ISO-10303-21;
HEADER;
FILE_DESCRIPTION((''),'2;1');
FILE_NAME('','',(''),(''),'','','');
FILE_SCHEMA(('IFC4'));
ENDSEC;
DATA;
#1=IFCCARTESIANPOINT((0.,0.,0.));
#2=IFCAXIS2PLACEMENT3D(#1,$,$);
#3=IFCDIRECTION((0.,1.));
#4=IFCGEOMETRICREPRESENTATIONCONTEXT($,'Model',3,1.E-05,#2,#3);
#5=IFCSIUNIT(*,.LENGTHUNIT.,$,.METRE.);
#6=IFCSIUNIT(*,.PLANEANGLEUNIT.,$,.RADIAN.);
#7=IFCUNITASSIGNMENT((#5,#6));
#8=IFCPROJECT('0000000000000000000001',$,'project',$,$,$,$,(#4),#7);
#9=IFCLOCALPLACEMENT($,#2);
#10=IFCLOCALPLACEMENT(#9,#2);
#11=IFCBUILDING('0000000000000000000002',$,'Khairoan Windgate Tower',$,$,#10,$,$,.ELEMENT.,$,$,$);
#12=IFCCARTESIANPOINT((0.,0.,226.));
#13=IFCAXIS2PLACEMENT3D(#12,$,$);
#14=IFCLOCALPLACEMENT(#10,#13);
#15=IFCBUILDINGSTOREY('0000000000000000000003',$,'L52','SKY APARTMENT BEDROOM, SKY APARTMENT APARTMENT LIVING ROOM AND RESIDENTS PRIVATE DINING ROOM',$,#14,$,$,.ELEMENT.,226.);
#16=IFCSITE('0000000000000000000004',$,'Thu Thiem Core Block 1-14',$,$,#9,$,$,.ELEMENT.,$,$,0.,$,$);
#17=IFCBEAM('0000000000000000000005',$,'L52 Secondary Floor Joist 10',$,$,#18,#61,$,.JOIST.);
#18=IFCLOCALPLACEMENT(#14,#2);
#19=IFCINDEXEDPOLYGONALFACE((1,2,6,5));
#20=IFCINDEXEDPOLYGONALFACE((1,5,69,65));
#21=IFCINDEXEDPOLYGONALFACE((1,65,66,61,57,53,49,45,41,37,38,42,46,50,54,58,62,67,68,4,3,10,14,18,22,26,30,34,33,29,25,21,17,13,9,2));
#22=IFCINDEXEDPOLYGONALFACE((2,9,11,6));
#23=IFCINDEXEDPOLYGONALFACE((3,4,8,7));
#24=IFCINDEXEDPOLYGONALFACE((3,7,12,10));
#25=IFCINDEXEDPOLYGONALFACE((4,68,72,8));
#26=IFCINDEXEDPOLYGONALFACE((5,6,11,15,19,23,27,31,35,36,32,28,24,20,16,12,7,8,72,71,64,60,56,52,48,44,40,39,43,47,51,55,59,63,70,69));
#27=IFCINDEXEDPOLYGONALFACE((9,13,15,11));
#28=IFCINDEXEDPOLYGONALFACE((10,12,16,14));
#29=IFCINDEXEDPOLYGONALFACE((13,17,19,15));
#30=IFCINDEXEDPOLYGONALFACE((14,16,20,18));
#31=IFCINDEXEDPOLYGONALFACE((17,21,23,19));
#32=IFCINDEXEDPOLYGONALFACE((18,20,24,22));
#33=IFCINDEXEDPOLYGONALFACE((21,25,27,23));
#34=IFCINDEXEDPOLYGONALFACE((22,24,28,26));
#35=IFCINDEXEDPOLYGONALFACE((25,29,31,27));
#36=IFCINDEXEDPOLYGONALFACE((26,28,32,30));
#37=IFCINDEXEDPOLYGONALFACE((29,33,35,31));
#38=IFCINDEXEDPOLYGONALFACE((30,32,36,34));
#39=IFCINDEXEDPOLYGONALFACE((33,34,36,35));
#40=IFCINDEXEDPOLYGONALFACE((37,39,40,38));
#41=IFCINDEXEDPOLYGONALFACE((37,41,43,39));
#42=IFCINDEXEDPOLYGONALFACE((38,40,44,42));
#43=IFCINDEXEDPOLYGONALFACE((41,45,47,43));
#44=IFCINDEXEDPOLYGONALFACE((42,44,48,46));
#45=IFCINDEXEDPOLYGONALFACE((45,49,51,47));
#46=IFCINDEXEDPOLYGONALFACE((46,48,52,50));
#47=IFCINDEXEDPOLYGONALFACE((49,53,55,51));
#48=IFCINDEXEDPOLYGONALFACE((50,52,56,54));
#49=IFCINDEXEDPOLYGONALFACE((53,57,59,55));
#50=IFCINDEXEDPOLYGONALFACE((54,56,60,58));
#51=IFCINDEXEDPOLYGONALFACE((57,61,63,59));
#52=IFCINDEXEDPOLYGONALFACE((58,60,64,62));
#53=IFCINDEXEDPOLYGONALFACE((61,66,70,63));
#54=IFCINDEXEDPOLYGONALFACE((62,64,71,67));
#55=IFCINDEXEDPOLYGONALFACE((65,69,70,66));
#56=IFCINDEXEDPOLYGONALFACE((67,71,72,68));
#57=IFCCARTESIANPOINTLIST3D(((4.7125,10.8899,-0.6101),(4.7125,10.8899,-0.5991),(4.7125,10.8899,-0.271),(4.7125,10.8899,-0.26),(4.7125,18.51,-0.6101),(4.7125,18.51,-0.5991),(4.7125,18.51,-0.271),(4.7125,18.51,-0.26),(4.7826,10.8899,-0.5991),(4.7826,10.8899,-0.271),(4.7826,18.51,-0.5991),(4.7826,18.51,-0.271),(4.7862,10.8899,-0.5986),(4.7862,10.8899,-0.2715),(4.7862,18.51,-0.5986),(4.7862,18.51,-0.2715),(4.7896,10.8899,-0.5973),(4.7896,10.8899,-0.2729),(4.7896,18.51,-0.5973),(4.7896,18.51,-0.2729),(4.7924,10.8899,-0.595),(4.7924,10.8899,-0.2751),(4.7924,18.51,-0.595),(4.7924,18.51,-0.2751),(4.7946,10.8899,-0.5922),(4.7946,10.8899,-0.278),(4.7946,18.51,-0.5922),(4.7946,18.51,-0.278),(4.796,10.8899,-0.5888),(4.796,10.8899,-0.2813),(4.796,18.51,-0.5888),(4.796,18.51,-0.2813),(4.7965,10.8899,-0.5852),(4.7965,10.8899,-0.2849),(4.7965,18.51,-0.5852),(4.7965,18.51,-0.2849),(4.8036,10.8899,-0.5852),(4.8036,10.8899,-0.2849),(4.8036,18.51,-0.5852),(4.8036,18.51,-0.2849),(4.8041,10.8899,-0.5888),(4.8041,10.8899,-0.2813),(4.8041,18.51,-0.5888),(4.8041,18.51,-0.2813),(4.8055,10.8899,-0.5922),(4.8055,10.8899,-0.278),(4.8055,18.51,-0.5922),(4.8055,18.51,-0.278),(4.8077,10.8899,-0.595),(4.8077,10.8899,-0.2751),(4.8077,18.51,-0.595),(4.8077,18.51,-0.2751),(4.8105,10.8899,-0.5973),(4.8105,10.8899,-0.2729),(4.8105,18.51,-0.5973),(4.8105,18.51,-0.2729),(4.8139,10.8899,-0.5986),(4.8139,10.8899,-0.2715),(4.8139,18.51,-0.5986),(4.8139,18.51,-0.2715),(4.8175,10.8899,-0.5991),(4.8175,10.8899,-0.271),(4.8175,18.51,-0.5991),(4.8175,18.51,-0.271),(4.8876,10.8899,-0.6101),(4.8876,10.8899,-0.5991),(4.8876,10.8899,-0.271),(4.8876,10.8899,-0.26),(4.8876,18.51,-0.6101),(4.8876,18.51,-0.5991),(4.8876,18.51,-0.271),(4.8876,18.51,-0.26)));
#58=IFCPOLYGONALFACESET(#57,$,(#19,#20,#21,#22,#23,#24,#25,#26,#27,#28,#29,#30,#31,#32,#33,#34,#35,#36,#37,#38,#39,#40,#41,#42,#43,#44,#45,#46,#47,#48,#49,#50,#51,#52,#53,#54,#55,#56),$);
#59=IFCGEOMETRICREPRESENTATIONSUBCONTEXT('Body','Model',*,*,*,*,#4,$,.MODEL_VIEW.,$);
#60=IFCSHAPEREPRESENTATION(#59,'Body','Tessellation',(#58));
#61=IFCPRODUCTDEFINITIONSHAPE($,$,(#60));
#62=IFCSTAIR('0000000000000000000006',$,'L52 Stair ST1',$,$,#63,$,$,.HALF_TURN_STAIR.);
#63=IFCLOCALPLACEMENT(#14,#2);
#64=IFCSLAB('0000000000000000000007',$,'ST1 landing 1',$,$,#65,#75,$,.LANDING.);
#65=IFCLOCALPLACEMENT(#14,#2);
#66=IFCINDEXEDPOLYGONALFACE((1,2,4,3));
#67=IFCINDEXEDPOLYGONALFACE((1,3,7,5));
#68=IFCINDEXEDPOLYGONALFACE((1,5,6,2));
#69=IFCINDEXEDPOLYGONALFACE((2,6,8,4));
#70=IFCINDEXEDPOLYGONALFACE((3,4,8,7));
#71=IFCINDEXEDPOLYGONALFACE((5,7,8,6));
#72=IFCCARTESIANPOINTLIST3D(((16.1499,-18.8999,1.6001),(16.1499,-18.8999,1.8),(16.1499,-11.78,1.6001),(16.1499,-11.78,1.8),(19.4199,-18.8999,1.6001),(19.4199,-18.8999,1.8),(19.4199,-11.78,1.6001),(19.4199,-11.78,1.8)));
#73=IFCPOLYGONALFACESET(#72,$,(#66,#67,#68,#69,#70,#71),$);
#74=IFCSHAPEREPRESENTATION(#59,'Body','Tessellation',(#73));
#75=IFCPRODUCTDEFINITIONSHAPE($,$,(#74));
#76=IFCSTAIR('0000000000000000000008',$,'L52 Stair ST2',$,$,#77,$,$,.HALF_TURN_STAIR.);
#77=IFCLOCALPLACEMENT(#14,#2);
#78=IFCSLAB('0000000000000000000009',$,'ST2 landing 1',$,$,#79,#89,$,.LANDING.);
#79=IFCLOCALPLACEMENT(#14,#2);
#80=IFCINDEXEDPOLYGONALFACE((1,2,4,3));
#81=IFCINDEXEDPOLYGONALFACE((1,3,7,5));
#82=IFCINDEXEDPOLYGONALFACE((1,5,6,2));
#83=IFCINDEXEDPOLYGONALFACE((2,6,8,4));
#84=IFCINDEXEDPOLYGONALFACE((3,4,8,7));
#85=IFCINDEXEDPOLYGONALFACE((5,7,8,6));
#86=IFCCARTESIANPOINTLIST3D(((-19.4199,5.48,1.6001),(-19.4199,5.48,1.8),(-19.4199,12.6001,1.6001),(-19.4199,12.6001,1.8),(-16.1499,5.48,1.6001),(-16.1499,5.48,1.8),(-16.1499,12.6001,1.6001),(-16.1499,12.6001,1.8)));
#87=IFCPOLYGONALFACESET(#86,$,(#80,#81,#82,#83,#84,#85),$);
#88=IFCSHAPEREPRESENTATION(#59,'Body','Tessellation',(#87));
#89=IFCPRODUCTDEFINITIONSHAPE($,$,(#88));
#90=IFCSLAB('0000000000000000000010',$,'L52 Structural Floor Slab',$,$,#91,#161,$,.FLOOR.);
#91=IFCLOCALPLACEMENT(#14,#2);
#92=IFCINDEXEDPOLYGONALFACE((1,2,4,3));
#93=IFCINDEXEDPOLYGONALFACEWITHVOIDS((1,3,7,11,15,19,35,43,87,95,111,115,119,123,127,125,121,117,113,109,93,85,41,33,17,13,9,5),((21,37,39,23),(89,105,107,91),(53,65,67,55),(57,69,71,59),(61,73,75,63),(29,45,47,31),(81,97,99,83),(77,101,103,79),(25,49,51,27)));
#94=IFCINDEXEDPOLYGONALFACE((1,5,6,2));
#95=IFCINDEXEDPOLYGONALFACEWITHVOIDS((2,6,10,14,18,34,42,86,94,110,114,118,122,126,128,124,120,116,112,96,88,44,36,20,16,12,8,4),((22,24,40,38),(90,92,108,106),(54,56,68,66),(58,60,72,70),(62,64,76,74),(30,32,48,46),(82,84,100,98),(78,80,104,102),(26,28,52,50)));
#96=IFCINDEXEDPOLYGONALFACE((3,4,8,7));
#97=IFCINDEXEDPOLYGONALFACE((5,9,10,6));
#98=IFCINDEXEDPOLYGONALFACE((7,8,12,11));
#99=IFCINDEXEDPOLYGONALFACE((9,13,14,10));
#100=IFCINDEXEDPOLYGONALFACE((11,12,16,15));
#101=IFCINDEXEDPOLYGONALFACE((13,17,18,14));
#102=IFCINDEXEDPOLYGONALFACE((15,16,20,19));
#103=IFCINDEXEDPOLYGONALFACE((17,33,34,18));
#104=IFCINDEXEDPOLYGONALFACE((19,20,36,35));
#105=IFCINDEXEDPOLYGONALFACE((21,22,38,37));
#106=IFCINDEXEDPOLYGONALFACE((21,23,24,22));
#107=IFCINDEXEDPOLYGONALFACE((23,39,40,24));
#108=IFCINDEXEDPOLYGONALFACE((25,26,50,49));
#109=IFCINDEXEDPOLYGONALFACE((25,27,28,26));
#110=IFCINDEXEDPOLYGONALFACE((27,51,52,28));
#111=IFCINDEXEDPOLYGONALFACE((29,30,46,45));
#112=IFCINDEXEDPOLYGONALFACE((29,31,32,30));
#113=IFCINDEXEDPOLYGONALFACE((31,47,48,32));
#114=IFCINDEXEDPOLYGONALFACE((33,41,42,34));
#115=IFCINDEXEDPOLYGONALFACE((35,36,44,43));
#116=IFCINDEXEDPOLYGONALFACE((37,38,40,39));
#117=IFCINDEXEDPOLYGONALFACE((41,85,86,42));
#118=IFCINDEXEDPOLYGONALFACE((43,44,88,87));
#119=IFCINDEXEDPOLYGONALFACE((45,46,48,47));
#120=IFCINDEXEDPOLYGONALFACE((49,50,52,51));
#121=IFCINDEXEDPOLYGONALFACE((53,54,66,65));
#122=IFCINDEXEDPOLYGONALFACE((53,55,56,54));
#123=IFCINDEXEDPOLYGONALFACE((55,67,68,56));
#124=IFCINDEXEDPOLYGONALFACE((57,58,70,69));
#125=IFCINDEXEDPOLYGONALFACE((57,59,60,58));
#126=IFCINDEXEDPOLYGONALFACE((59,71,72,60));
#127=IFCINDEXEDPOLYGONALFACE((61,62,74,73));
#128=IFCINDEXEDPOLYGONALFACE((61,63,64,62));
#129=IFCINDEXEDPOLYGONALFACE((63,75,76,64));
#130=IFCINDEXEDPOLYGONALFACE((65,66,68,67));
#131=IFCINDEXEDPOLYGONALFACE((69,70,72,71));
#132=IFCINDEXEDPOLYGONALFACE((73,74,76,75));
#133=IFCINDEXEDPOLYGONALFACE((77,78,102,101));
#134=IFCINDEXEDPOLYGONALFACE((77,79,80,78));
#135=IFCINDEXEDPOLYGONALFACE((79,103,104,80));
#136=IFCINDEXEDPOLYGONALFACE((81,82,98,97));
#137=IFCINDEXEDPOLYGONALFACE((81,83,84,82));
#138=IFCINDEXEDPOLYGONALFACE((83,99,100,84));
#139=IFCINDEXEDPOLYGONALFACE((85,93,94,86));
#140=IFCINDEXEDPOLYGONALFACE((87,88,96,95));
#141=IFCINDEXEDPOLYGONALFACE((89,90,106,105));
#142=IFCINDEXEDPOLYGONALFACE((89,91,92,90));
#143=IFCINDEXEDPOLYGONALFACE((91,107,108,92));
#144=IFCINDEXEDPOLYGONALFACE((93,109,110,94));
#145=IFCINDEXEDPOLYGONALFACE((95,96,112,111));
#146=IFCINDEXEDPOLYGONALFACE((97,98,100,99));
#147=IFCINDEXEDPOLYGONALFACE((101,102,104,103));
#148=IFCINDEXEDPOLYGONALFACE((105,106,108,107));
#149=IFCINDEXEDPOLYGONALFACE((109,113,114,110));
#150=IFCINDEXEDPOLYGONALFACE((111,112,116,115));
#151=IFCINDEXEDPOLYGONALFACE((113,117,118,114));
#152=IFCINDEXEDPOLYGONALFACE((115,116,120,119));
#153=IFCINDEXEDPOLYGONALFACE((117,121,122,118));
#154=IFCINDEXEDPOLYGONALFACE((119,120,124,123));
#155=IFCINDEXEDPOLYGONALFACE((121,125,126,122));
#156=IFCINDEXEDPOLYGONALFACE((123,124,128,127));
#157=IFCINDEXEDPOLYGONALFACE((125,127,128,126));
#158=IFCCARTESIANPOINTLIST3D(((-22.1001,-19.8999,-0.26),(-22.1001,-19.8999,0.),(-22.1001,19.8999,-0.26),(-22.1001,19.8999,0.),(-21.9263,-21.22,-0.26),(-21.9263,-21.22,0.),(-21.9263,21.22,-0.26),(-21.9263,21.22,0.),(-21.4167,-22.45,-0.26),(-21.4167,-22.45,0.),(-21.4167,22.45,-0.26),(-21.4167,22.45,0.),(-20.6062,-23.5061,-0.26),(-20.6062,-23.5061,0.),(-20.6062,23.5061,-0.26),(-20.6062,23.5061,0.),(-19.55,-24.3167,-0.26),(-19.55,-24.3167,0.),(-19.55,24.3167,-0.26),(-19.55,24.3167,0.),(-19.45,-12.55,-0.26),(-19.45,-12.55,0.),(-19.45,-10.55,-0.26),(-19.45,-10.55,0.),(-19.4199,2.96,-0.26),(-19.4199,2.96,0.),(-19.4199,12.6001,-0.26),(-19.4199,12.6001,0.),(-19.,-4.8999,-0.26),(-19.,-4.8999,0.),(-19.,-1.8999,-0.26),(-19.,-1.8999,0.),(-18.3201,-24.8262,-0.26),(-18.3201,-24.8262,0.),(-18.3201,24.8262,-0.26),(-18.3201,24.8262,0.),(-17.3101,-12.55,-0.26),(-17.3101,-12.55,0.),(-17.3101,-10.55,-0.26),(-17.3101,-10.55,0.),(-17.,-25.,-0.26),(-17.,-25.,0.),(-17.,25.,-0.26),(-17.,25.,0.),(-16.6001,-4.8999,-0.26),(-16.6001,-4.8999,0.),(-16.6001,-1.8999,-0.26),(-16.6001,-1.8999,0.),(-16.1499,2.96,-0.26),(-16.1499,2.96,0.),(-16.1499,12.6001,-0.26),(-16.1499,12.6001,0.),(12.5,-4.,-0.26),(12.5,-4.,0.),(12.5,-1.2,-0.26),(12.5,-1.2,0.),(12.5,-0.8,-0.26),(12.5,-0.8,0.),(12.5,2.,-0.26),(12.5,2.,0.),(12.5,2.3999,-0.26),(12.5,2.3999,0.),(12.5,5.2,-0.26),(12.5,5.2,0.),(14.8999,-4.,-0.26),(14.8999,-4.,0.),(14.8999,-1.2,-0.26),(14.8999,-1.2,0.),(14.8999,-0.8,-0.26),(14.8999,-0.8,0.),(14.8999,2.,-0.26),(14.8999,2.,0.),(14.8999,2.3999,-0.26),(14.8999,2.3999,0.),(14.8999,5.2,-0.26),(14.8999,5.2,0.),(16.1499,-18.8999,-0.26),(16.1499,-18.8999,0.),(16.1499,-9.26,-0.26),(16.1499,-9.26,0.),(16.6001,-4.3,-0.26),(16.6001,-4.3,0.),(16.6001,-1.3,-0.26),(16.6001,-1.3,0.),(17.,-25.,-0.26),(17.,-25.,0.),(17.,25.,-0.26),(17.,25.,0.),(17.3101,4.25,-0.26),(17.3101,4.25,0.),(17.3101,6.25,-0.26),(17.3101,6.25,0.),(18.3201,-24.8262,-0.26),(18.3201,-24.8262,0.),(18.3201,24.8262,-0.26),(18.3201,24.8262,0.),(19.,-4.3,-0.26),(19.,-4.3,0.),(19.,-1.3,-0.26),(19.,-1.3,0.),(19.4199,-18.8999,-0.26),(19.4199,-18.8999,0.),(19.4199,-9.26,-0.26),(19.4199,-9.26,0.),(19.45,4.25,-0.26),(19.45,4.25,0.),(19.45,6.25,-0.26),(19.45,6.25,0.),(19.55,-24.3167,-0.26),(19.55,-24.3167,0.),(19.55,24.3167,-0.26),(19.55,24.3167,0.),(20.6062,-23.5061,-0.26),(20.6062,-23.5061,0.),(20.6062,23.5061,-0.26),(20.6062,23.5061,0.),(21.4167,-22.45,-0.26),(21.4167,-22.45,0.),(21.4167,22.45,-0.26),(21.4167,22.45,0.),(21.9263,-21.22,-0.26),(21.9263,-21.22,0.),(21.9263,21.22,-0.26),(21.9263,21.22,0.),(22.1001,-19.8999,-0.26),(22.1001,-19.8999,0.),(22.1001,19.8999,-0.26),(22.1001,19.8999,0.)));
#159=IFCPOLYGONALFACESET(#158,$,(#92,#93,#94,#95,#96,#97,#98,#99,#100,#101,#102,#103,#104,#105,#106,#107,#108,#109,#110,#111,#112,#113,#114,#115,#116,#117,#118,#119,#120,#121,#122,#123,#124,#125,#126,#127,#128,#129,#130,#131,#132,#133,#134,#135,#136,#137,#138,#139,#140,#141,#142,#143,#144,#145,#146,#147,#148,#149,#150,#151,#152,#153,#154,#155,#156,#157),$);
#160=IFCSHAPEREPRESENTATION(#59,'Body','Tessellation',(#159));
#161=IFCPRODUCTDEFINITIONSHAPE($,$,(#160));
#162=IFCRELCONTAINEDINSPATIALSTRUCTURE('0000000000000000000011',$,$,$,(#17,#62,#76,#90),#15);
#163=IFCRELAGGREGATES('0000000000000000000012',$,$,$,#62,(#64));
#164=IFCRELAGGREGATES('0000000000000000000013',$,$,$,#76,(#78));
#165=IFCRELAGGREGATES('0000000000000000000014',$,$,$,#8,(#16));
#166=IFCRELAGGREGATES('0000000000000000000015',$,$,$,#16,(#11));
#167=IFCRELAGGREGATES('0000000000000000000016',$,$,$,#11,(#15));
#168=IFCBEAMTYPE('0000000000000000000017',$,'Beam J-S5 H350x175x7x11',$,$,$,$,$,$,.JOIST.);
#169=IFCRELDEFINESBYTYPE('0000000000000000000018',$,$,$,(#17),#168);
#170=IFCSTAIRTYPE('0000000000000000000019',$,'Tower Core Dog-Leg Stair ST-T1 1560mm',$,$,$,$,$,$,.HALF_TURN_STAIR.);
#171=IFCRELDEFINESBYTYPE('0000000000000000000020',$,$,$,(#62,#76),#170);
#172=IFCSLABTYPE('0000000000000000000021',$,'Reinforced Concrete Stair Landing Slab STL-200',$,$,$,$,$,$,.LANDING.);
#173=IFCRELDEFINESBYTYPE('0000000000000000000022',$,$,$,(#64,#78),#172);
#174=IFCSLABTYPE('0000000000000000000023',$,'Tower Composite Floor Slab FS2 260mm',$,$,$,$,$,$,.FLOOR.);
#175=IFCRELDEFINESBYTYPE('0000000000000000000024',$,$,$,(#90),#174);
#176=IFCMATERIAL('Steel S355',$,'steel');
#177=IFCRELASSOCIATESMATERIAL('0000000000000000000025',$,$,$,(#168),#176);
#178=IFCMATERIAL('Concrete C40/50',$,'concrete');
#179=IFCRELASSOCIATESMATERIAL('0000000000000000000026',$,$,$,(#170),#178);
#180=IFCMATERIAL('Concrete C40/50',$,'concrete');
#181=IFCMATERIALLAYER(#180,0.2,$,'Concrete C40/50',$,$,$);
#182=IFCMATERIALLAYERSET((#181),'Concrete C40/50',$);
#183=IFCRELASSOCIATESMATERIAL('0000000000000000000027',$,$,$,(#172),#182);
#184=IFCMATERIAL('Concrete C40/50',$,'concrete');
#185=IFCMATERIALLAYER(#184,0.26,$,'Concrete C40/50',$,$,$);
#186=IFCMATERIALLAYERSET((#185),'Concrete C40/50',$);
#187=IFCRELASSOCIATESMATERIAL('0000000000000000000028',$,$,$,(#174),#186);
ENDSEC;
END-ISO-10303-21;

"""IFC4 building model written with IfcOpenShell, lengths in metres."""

from ifc_helpers import new_model, si_unit, direction, frame, origin, origin_2d, place, context, subcontext, project, spatial, polyline, i_section, outline, extrude, material, layer, layer_set, material_profile, profile_set, type_object, element, aggregate, save


model = new_model("IFC4")

# Units and contexts
model_context = context("Model", 3, precision=1e-05, world=origin(), true_north=direction((0.0, 1.0)))
body_context = subcontext(model_context, "Body", "Model", "MODEL_VIEW")
ifc_project = project(units=[si_unit("LENGTHUNIT", "METRE"), si_unit("PLANEANGLEUNIT", "RADIAN")], contexts=[model_context])

# Site, building, storey
site_placement = place(None, origin())
site = spatial("IfcSite", under=ifc_project, at=site_placement, Name="Thu Thiem Core Block 1-14", CompositionType="ELEMENT", RefElevation=0.0)
building_placement = place(site_placement, origin())
building = spatial("IfcBuilding", under=site, at=building_placement, Name="Khairoan Windgate Tower", CompositionType="ELEMENT")
storey_placement = place(building_placement, frame((0.0, 0.0, 226.0)))
storey = spatial("IfcBuildingStorey", under=building, at=storey_placement, Name="L52", Description="SKY APARTMENT BEDROOM, SKY APARTMENT APARTMENT LIVING ROOM AND RESIDENTS PRIVATE DINING ROOM", CompositionType="ELEMENT", Elevation=226.0)

# Beam
ifc_material_1 = material(Name="Steel S355", Category="steel")
ifc_material_profile_1 = material_profile(ifc_material_1, i_section(OverallWidth=0.175, OverallDepth=0.3501, WebThickness=0.0071, FlangeThickness=0.011, FilletRadius=0.0139, at=origin_2d()))
ifc_profile_set_1 = profile_set([ifc_material_profile_1], Name="Steel S355")
beam_type_1 = type_object("IfcBeamType", Name="Beam J-S5 H350x175x7x11", PredefinedType="JOIST", material=ifc_profile_set_1)
beam_1_placement = place(storey_placement, frame((4.8, 10.8899, -0.4351), z_axis=(0.0, 1.0, 0.0), x_axis=(-1.0, 0.0, 0.0)))
element("IfcBeam", 1, at=beam_1_placement, inside=storey, type_object=beam_type_1, Name="L52 Secondary Floor Joist 10", PredefinedType="JOIST", context=body_context, shape_type="SweptSolid", body=[
    extrude(i_section(OverallWidth=0.175, OverallDepth=0.3501, WebThickness=0.0071, FlangeThickness=0.011, FilletRadius=0.0139, at=origin_2d()), origin(), (0.0, 0.0, 1.0), 7.6201),
])

# Stairs, slabs
ifc_material_2 = material(Name="Concrete C40/50", Category="concrete")
stair_type = type_object("IfcStairType", Name="Tower Core Dog-Leg Stair ST-T1 1560mm", PredefinedType="HALF_TURN_STAIR", material=ifc_material_2)
stair_1_placement = place(storey_placement, origin())
stair_1 = element("IfcStair", 2, at=stair_1_placement, inside=storey, type_object=stair_type, Name="L52 Stair ST1", PredefinedType="HALF_TURN_STAIR")
ifc_material_3 = material(Name="Concrete C40/50", Category="concrete")
ifc_layer_1 = layer(ifc_material_3, 0.2, Name="Concrete C40/50")
ifc_layer_set_1 = layer_set([ifc_layer_1], Name="Concrete C40/50")
slab_type_1 = type_object("IfcSlabType", Name="Reinforced Concrete Stair Landing Slab STL-200", PredefinedType="LANDING", material=ifc_layer_set_1)
slab_1_placement = place(storey_placement, frame((0.0, 0.0, 1.6001)))
slab_1 = element("IfcSlab", 3, at=slab_1_placement, type_object=slab_type_1, Name="ST1 landing 1", PredefinedType="LANDING", context=body_context, shape_type="SweptSolid", body=[
    extrude(outline(polyline([(16.1499, -11.78), (16.1499, -18.8999), (19.4199, -18.8999), (19.4199, -11.78), (16.1499, -11.78)])), origin(), (0.0, 0.0, 1.0), 0.2),
])
aggregate(stair_1, [slab_1])
stair_2_placement = place(storey_placement, origin())
stair_2 = element("IfcStair", 4, at=stair_2_placement, inside=storey, type_object=stair_type, Name="L52 Stair ST2", PredefinedType="HALF_TURN_STAIR")
slab_2_placement = place(storey_placement, frame((0.0, 0.0, 1.6001)))
slab_2 = element("IfcSlab", 5, at=slab_2_placement, type_object=slab_type_1, Name="ST2 landing 1", PredefinedType="LANDING", context=body_context, shape_type="SweptSolid", body=[
    extrude(outline(polyline([(-16.1499, 5.48), (-16.1499, 12.6001), (-19.4199, 12.6001), (-19.4199, 5.48), (-16.1499, 5.48)])), origin(), (0.0, 0.0, 1.0), 0.2),
])
aggregate(stair_2, [slab_2])

# Slab
ifc_material_4 = material(Name="Concrete C40/50", Category="concrete")
ifc_layer_2 = layer(ifc_material_4, 0.26, Name="Concrete C40/50")
ifc_layer_set_2 = layer_set([ifc_layer_2], Name="Concrete C40/50")
slab_type_2 = type_object("IfcSlabType", Name="Tower Composite Floor Slab FS2 260mm", PredefinedType="FLOOR", material=ifc_layer_set_2)
slab_3_placement = place(storey_placement, frame((0.0, 0.0, -0.26)))
element("IfcSlab", 6, at=slab_3_placement, inside=storey, type_object=slab_type_2, Name="L52 Structural Floor Slab", PredefinedType="FLOOR", context=body_context, shape_type="SweptSolid", body=[
    extrude(outline(polyline([(17.0, -25.0), (18.3201, -24.8262), (19.55, -24.3167), (20.6062, -23.5061), (21.4167, -22.45), (21.9263, -21.22), (22.1001, -19.8999), (22.1001, 19.8999), (21.9263, 21.22), (21.4167, 22.45), (20.6062, 23.5061), (19.55, 24.3167), (18.3201, 24.8262), (17.0, 25.0), (-17.0, 25.0), (-18.3201, 24.8262), (-19.55, 24.3167), (-20.6062, 23.5061), (-21.4167, 22.45), (-21.9263, 21.22), (-22.1001, 19.8999), (-22.1001, -19.8999), (-21.9263, -21.22), (-21.4167, -22.45), (-20.6062, -23.5061), (-19.55, -24.3167), (-18.3201, -24.8262), (-17.0, -25.0), (17.0, -25.0)]), holes=[polyline([(16.1499, -9.26), (16.1499, -18.8999), (19.4199, -18.8999), (19.4199, -9.26), (16.1499, -9.26)]), polyline([(-16.1499, 2.96), (-16.1499, 12.6001), (-19.4199, 12.6001), (-19.4199, 2.96), (-16.1499, 2.96)]), polyline([(12.5, 2.3999), (14.8999, 2.3999), (14.8999, 5.2), (12.5, 5.2), (12.5, 2.3999)]), polyline([(12.5, -0.8), (14.8999, -0.8), (14.8999, 2.0), (12.5, 2.0), (12.5, -0.8)]), polyline([(12.5, -4.0), (14.8999, -4.0), (14.8999, -1.2), (12.5, -1.2), (12.5, -4.0)]), polyline([(16.6001, -4.3), (19.0, -4.3), (19.0, -1.3), (16.6001, -1.3), (16.6001, -4.3)]), polyline([(-19.0, -4.8999), (-16.6001, -4.8999), (-16.6001, -1.8999), (-19.0, -1.8999), (-19.0, -4.8999)]), polyline([(-19.45, -12.55), (-17.3101, -12.55), (-17.3101, -10.55), (-19.45, -10.55), (-19.45, -12.55)]), polyline([(17.3101, 4.25), (19.45, 4.25), (19.45, 6.25), (17.3101, 6.25), (17.3101, 4.25)])]), origin(), (0.0, 0.0, 1.0), 0.26),
])

save(model, "model.ifc")
